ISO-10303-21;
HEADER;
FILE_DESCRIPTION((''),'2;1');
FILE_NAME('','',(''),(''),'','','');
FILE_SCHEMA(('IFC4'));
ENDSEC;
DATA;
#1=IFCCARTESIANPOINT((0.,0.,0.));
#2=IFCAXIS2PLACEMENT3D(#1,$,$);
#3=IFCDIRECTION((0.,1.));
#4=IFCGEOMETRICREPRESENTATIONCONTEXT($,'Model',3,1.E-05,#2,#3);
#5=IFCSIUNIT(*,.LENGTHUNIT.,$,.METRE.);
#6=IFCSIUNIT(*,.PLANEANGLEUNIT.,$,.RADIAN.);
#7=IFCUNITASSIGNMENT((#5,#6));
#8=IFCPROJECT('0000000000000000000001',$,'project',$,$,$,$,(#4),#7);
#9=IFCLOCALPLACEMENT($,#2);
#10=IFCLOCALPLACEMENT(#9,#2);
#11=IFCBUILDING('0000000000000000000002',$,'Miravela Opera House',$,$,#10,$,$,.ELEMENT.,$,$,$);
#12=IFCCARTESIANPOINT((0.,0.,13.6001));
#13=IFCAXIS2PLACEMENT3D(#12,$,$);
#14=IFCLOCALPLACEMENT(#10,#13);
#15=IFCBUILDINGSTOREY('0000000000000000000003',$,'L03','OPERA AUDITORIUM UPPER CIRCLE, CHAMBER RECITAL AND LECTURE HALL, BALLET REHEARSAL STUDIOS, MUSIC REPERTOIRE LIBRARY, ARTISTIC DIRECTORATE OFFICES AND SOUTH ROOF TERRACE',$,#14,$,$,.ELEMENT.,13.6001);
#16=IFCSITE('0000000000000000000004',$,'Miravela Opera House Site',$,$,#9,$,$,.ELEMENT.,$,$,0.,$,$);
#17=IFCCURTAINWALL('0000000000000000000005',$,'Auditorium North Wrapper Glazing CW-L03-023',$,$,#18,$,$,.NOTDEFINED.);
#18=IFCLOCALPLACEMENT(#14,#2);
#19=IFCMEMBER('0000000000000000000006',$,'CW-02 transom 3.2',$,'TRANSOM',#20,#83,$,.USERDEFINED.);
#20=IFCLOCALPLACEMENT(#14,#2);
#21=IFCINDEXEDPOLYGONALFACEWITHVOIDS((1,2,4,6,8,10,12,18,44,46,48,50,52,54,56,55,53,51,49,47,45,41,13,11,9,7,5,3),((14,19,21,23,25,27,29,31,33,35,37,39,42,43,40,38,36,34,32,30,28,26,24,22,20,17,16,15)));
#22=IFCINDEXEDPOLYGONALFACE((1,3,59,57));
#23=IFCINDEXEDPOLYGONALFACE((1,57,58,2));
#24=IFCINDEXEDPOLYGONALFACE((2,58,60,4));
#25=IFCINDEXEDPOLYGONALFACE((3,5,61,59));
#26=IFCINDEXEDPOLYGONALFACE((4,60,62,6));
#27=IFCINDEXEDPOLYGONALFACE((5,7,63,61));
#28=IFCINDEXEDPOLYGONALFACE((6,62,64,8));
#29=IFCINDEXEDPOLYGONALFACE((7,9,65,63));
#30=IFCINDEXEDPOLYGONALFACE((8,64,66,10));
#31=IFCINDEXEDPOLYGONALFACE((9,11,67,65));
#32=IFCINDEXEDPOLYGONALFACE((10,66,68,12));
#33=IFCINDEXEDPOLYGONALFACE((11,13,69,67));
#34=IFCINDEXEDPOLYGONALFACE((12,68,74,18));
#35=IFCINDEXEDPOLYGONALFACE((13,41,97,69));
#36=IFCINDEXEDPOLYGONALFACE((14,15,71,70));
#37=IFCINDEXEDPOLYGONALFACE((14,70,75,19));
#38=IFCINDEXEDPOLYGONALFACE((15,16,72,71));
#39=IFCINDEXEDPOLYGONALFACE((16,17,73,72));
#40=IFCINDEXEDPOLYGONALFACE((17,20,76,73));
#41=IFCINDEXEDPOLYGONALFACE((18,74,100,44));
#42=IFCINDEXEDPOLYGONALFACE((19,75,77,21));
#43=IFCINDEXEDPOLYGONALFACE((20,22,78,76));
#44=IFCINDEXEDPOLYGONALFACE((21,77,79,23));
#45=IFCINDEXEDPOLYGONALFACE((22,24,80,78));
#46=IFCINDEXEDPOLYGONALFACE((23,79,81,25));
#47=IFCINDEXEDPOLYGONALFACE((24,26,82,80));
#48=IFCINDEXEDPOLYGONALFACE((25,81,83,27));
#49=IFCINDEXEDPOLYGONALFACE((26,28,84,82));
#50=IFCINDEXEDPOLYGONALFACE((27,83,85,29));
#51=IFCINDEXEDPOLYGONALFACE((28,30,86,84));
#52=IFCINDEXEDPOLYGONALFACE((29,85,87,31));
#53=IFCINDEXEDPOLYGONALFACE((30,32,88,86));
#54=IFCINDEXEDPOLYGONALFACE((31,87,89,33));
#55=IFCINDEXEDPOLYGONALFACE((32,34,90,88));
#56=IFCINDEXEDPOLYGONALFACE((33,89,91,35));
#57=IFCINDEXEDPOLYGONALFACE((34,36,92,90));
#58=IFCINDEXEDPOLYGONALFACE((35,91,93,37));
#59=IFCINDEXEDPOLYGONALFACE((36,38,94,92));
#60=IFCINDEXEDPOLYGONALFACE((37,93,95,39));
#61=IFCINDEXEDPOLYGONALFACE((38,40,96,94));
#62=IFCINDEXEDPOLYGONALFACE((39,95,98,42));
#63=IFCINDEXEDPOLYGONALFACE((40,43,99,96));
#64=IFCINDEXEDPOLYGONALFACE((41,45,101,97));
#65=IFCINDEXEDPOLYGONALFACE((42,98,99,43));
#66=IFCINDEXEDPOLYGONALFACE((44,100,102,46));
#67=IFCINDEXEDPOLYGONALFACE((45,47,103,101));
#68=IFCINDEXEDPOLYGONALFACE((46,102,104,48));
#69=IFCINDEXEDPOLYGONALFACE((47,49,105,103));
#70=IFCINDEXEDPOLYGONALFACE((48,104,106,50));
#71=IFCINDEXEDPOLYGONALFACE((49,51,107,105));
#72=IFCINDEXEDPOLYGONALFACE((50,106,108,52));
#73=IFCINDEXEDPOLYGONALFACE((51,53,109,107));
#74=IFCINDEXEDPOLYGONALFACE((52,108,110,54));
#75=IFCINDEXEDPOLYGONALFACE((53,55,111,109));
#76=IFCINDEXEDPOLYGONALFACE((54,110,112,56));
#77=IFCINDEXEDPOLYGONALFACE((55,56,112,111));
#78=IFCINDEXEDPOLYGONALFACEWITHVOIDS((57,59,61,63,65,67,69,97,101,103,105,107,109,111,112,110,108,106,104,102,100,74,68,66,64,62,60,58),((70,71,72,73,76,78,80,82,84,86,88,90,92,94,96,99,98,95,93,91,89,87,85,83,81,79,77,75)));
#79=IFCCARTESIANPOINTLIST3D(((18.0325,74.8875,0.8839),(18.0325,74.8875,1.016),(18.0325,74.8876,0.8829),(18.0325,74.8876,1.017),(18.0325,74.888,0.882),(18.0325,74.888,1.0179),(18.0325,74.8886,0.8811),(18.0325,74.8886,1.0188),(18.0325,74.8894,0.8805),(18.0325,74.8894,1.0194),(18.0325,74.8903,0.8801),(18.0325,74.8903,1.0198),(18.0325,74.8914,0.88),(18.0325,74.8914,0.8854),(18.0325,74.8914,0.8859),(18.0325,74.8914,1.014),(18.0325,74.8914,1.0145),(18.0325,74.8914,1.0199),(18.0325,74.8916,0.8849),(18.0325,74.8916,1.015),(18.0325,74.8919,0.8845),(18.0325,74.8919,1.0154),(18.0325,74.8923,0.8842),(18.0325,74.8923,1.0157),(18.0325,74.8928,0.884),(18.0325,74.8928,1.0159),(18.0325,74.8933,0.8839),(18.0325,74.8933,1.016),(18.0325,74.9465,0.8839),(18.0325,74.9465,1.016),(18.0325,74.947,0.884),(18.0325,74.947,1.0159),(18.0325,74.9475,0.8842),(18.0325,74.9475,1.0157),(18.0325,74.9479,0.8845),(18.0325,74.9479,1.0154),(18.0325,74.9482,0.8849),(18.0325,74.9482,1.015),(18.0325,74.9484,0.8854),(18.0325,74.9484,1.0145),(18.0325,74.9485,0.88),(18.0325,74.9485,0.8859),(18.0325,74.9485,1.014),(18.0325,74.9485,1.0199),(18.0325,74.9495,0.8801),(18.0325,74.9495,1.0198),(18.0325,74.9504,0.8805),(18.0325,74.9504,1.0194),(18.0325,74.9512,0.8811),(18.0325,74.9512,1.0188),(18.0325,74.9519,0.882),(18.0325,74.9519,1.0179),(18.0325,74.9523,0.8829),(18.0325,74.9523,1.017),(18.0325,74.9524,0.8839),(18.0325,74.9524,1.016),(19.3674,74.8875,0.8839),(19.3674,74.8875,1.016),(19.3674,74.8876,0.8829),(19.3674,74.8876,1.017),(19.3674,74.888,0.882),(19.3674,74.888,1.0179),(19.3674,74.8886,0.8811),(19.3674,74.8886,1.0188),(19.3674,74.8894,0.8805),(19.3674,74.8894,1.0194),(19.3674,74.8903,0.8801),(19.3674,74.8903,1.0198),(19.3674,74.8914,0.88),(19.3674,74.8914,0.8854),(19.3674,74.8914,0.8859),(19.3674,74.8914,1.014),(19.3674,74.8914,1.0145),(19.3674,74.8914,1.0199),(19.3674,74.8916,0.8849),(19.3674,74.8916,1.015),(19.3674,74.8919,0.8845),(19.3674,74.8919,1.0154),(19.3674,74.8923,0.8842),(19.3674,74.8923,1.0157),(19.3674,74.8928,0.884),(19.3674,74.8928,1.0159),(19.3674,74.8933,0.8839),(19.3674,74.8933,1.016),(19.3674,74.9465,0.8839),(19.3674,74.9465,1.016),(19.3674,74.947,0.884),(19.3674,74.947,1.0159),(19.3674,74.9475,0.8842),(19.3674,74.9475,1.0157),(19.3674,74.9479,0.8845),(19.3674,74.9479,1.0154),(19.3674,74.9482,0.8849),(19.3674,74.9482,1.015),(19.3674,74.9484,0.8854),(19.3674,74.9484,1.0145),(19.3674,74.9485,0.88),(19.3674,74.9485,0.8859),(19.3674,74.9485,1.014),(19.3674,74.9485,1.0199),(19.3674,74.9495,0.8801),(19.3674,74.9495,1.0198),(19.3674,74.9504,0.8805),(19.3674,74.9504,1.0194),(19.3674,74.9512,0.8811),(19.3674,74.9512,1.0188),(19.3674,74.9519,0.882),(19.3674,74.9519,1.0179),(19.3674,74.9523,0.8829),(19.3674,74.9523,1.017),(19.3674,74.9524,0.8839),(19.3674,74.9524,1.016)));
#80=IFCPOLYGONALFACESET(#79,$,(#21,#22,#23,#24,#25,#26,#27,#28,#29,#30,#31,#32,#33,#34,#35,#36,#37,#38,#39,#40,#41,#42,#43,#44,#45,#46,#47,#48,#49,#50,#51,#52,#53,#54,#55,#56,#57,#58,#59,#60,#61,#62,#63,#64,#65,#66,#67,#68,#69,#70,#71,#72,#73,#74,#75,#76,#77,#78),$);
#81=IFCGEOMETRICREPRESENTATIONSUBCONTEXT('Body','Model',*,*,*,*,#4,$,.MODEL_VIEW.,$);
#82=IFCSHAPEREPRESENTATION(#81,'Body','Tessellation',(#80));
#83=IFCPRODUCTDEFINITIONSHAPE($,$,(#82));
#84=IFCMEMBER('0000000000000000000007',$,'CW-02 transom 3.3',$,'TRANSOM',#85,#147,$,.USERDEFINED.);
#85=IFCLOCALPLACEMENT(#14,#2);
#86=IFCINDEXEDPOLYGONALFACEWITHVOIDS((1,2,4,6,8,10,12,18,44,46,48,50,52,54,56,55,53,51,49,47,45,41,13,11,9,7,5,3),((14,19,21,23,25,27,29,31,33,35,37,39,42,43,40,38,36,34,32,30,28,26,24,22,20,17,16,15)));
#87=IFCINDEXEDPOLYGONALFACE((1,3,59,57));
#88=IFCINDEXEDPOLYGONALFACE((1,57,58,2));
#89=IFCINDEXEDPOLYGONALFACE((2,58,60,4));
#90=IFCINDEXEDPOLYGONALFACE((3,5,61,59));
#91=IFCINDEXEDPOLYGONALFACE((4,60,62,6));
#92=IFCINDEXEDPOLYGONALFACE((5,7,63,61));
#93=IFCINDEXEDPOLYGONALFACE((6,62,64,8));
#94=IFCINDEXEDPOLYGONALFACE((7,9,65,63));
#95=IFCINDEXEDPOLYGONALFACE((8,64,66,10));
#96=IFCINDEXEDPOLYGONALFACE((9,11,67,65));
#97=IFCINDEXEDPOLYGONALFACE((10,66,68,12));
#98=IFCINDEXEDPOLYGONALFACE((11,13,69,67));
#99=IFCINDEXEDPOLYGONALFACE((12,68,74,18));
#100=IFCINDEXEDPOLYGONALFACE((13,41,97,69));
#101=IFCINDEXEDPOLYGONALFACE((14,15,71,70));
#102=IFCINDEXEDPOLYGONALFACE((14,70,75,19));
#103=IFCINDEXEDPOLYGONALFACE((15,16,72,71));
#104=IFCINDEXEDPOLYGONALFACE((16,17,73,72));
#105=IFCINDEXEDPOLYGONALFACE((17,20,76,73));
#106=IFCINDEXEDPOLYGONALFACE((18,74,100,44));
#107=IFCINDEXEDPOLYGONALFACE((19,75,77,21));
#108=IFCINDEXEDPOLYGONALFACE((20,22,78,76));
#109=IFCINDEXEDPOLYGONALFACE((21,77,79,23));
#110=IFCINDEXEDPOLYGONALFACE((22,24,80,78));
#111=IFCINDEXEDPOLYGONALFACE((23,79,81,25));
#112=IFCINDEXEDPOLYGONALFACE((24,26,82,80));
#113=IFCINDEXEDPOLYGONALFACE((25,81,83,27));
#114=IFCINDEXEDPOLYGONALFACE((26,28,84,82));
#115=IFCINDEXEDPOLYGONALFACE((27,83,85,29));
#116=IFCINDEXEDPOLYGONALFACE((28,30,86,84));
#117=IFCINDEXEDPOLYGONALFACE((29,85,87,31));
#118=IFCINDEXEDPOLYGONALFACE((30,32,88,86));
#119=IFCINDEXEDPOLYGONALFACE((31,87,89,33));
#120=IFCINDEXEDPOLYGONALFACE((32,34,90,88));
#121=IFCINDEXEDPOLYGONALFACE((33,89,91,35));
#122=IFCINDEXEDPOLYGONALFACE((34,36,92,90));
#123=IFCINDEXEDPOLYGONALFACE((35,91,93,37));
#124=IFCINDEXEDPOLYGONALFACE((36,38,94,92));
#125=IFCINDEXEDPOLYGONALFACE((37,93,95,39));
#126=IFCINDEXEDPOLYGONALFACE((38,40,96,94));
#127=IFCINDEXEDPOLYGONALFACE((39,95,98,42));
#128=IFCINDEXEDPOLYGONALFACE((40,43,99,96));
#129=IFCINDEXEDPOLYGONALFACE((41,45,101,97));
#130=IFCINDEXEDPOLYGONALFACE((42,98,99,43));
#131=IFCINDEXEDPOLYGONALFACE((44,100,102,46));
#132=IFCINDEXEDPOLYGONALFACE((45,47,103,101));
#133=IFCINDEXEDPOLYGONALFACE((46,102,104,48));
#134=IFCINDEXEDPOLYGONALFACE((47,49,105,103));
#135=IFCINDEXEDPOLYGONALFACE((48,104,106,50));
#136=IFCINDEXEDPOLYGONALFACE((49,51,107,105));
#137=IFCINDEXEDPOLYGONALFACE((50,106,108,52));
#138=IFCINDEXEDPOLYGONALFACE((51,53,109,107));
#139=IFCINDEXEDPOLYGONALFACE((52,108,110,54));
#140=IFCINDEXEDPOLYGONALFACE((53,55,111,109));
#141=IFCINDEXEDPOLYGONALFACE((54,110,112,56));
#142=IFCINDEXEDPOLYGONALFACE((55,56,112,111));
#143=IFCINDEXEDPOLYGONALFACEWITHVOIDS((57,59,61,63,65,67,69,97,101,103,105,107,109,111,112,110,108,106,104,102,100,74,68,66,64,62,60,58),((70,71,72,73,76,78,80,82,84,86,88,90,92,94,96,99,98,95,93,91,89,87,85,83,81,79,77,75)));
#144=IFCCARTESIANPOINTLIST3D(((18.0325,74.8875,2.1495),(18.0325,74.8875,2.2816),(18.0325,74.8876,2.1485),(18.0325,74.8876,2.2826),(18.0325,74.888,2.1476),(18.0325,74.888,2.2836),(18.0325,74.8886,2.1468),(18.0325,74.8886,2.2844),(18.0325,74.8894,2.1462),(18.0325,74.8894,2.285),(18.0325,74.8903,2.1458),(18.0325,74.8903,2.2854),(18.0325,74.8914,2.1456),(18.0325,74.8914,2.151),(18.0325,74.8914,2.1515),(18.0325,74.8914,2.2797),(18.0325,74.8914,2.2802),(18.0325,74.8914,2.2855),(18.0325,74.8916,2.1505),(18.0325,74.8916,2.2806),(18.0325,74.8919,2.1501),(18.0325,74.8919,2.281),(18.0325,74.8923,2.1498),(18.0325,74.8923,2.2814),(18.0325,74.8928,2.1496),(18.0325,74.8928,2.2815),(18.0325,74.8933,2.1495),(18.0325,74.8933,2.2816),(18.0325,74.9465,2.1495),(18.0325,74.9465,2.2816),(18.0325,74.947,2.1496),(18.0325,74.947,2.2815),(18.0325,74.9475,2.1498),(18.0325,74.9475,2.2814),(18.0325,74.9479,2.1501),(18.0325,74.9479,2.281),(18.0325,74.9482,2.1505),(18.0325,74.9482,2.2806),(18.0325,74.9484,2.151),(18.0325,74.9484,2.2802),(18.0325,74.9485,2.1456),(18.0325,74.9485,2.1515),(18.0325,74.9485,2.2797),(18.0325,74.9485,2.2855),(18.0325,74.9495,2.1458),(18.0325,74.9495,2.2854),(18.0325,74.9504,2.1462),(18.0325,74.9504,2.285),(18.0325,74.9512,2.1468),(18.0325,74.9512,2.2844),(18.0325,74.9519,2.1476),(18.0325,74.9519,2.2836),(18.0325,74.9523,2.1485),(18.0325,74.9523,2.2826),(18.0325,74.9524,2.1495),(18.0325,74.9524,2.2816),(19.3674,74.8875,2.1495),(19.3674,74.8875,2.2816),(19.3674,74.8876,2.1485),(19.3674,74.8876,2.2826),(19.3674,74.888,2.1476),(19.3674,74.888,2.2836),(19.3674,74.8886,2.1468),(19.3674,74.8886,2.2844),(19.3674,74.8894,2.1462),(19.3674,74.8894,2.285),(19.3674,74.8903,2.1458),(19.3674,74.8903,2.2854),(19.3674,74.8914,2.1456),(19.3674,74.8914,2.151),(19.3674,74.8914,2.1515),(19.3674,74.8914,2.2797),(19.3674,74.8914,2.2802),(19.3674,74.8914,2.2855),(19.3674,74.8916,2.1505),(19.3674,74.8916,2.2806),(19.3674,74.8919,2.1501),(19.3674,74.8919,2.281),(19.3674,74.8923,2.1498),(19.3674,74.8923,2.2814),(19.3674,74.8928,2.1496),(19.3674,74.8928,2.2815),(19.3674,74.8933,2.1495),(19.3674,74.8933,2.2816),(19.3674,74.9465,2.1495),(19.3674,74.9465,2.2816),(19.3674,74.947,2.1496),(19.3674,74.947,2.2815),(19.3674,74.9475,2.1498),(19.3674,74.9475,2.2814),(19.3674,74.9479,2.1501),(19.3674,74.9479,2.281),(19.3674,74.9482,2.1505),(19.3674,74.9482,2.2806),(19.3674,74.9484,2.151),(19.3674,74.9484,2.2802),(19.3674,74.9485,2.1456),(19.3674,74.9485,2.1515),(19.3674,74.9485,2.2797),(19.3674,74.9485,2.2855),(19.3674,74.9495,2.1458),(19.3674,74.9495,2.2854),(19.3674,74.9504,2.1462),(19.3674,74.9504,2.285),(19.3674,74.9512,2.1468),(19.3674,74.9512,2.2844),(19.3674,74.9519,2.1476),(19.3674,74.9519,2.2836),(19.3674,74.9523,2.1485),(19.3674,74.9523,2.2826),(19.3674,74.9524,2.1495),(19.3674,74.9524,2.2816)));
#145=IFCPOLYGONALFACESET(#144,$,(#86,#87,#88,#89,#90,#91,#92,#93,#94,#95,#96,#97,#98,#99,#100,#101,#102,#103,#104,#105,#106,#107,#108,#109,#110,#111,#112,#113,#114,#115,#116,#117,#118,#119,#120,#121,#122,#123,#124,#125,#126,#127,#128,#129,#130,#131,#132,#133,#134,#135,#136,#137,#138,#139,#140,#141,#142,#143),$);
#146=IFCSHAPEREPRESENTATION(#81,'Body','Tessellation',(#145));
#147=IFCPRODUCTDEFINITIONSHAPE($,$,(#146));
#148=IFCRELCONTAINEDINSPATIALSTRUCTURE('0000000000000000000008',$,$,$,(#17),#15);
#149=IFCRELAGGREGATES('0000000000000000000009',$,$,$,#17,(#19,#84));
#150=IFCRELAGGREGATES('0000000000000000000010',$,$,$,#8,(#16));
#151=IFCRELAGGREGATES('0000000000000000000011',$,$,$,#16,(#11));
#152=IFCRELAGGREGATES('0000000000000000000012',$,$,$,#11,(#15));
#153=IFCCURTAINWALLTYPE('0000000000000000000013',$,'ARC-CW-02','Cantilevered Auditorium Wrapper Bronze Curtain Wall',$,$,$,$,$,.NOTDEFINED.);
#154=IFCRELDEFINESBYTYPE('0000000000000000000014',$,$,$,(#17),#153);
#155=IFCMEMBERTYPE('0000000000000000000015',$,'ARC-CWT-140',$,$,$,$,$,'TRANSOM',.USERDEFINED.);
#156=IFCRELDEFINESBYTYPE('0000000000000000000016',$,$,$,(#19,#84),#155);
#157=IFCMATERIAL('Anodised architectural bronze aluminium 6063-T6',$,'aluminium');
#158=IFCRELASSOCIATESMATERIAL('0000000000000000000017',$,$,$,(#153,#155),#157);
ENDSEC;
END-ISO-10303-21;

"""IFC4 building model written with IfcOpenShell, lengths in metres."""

from ifc_helpers import new_model, si_unit, direction, frame, origin, origin_2d, place, context, subcontext, project, spatial, hollow_rectangle, extrude, material, material_profile, profile_set, type_object, element, aggregate, save


model = new_model("IFC4")

# Units and contexts
model_context = context("Model", 3, precision=1e-05, world=origin(), true_north=direction((0.0, 1.0)))
body_context = subcontext(model_context, "Body", "Model", "MODEL_VIEW")
ifc_project = project(units=[si_unit("LENGTHUNIT", "METRE"), si_unit("PLANEANGLEUNIT", "RADIAN")], contexts=[model_context])

# Site, building, storey
site_placement = place(None, origin())
site = spatial("IfcSite", under=ifc_project, at=site_placement, Name="Miravela Opera House Site", CompositionType="ELEMENT", RefElevation=0.0)
building_placement = place(site_placement, origin())
building = spatial("IfcBuilding", under=site, at=building_placement, Name="Miravela Opera House", CompositionType="ELEMENT")
storey_placement = place(building_placement, frame((0.0, 0.0, 13.6001)))
storey = spatial("IfcBuildingStorey", under=building, at=storey_placement, Name="L03", Description="OPERA AUDITORIUM UPPER CIRCLE, CHAMBER RECITAL AND LECTURE HALL, BALLET REHEARSAL STUDIOS, MUSIC REPERTOIRE LIBRARY, ARTISTIC DIRECTORATE OFFICES AND SOUTH ROOF TERRACE", CompositionType="ELEMENT", Elevation=13.6001)

# Curtain wall, members
ifc_material_1 = material(Name="Anodised architectural bronze aluminium 6063-T6", Category="aluminium")
curtain_wall_type = type_object("IfcCurtainWallType", Name="ARC-CW-02", Description="Cantilevered Auditorium Wrapper Bronze Curtain Wall", PredefinedType="NOTDEFINED", material=ifc_material_1)
curtain_wall_placement = place(storey_placement, origin())
curtain_wall = element("IfcCurtainWall", 1, at=curtain_wall_placement, inside=storey, type_object=curtain_wall_type, Name="Auditorium North Wrapper Glazing CW-L03-023", PredefinedType="NOTDEFINED")
ifc_material_profile_1 = material_profile(ifc_material_1, hollow_rectangle(XDim=0.0649, YDim=0.1399, WallThickness=0.0039, InnerFilletRadius=0.002, OuterFilletRadius=0.0039, at=origin_2d()), Name="CWT-65X140")
ifc_profile_set_1 = profile_set([ifc_material_profile_1])
member_type_1 = type_object("IfcMemberType", Name="ARC-CWT-140", ElementType="TRANSOM", PredefinedType="USERDEFINED", material=ifc_profile_set_1)
member_1_placement = place(storey_placement, frame((18.0325, 74.9199, 0.95), z_axis=(1.0, 0.0, 0.0), x_axis=(0.0, 1.0, 0.0)))
member_1 = element("IfcMember", 2, at=member_1_placement, type_object=member_type_1, Name="CW-02 transom 3.2", ObjectType="TRANSOM", PredefinedType="USERDEFINED", context=body_context, shape_type="SweptSolid", body=[
    extrude(hollow_rectangle(XDim=0.0649, YDim=0.1399, WallThickness=0.0039, InnerFilletRadius=0.002, OuterFilletRadius=0.0039, at=origin_2d()), origin(), (0.0, 0.0, 1.0), 1.335),
])
member_2_placement = place(storey_placement, frame((18.0325, 74.9199, 2.2156), z_axis=(1.0, 0.0, 0.0), x_axis=(0.0, 1.0, 0.0)))
member_2 = element("IfcMember", 3, at=member_2_placement, type_object=member_type_1, Name="CW-02 transom 3.3", ObjectType="TRANSOM", PredefinedType="USERDEFINED", context=body_context, shape_type="SweptSolid", body=[
    extrude(hollow_rectangle(XDim=0.0649, YDim=0.1399, WallThickness=0.0039, InnerFilletRadius=0.002, OuterFilletRadius=0.0039, at=origin_2d()), origin(), (0.0, 0.0, 1.0), 1.335),
])
aggregate(curtain_wall, [member_1, member_2])

save(model, "model.ifc")
